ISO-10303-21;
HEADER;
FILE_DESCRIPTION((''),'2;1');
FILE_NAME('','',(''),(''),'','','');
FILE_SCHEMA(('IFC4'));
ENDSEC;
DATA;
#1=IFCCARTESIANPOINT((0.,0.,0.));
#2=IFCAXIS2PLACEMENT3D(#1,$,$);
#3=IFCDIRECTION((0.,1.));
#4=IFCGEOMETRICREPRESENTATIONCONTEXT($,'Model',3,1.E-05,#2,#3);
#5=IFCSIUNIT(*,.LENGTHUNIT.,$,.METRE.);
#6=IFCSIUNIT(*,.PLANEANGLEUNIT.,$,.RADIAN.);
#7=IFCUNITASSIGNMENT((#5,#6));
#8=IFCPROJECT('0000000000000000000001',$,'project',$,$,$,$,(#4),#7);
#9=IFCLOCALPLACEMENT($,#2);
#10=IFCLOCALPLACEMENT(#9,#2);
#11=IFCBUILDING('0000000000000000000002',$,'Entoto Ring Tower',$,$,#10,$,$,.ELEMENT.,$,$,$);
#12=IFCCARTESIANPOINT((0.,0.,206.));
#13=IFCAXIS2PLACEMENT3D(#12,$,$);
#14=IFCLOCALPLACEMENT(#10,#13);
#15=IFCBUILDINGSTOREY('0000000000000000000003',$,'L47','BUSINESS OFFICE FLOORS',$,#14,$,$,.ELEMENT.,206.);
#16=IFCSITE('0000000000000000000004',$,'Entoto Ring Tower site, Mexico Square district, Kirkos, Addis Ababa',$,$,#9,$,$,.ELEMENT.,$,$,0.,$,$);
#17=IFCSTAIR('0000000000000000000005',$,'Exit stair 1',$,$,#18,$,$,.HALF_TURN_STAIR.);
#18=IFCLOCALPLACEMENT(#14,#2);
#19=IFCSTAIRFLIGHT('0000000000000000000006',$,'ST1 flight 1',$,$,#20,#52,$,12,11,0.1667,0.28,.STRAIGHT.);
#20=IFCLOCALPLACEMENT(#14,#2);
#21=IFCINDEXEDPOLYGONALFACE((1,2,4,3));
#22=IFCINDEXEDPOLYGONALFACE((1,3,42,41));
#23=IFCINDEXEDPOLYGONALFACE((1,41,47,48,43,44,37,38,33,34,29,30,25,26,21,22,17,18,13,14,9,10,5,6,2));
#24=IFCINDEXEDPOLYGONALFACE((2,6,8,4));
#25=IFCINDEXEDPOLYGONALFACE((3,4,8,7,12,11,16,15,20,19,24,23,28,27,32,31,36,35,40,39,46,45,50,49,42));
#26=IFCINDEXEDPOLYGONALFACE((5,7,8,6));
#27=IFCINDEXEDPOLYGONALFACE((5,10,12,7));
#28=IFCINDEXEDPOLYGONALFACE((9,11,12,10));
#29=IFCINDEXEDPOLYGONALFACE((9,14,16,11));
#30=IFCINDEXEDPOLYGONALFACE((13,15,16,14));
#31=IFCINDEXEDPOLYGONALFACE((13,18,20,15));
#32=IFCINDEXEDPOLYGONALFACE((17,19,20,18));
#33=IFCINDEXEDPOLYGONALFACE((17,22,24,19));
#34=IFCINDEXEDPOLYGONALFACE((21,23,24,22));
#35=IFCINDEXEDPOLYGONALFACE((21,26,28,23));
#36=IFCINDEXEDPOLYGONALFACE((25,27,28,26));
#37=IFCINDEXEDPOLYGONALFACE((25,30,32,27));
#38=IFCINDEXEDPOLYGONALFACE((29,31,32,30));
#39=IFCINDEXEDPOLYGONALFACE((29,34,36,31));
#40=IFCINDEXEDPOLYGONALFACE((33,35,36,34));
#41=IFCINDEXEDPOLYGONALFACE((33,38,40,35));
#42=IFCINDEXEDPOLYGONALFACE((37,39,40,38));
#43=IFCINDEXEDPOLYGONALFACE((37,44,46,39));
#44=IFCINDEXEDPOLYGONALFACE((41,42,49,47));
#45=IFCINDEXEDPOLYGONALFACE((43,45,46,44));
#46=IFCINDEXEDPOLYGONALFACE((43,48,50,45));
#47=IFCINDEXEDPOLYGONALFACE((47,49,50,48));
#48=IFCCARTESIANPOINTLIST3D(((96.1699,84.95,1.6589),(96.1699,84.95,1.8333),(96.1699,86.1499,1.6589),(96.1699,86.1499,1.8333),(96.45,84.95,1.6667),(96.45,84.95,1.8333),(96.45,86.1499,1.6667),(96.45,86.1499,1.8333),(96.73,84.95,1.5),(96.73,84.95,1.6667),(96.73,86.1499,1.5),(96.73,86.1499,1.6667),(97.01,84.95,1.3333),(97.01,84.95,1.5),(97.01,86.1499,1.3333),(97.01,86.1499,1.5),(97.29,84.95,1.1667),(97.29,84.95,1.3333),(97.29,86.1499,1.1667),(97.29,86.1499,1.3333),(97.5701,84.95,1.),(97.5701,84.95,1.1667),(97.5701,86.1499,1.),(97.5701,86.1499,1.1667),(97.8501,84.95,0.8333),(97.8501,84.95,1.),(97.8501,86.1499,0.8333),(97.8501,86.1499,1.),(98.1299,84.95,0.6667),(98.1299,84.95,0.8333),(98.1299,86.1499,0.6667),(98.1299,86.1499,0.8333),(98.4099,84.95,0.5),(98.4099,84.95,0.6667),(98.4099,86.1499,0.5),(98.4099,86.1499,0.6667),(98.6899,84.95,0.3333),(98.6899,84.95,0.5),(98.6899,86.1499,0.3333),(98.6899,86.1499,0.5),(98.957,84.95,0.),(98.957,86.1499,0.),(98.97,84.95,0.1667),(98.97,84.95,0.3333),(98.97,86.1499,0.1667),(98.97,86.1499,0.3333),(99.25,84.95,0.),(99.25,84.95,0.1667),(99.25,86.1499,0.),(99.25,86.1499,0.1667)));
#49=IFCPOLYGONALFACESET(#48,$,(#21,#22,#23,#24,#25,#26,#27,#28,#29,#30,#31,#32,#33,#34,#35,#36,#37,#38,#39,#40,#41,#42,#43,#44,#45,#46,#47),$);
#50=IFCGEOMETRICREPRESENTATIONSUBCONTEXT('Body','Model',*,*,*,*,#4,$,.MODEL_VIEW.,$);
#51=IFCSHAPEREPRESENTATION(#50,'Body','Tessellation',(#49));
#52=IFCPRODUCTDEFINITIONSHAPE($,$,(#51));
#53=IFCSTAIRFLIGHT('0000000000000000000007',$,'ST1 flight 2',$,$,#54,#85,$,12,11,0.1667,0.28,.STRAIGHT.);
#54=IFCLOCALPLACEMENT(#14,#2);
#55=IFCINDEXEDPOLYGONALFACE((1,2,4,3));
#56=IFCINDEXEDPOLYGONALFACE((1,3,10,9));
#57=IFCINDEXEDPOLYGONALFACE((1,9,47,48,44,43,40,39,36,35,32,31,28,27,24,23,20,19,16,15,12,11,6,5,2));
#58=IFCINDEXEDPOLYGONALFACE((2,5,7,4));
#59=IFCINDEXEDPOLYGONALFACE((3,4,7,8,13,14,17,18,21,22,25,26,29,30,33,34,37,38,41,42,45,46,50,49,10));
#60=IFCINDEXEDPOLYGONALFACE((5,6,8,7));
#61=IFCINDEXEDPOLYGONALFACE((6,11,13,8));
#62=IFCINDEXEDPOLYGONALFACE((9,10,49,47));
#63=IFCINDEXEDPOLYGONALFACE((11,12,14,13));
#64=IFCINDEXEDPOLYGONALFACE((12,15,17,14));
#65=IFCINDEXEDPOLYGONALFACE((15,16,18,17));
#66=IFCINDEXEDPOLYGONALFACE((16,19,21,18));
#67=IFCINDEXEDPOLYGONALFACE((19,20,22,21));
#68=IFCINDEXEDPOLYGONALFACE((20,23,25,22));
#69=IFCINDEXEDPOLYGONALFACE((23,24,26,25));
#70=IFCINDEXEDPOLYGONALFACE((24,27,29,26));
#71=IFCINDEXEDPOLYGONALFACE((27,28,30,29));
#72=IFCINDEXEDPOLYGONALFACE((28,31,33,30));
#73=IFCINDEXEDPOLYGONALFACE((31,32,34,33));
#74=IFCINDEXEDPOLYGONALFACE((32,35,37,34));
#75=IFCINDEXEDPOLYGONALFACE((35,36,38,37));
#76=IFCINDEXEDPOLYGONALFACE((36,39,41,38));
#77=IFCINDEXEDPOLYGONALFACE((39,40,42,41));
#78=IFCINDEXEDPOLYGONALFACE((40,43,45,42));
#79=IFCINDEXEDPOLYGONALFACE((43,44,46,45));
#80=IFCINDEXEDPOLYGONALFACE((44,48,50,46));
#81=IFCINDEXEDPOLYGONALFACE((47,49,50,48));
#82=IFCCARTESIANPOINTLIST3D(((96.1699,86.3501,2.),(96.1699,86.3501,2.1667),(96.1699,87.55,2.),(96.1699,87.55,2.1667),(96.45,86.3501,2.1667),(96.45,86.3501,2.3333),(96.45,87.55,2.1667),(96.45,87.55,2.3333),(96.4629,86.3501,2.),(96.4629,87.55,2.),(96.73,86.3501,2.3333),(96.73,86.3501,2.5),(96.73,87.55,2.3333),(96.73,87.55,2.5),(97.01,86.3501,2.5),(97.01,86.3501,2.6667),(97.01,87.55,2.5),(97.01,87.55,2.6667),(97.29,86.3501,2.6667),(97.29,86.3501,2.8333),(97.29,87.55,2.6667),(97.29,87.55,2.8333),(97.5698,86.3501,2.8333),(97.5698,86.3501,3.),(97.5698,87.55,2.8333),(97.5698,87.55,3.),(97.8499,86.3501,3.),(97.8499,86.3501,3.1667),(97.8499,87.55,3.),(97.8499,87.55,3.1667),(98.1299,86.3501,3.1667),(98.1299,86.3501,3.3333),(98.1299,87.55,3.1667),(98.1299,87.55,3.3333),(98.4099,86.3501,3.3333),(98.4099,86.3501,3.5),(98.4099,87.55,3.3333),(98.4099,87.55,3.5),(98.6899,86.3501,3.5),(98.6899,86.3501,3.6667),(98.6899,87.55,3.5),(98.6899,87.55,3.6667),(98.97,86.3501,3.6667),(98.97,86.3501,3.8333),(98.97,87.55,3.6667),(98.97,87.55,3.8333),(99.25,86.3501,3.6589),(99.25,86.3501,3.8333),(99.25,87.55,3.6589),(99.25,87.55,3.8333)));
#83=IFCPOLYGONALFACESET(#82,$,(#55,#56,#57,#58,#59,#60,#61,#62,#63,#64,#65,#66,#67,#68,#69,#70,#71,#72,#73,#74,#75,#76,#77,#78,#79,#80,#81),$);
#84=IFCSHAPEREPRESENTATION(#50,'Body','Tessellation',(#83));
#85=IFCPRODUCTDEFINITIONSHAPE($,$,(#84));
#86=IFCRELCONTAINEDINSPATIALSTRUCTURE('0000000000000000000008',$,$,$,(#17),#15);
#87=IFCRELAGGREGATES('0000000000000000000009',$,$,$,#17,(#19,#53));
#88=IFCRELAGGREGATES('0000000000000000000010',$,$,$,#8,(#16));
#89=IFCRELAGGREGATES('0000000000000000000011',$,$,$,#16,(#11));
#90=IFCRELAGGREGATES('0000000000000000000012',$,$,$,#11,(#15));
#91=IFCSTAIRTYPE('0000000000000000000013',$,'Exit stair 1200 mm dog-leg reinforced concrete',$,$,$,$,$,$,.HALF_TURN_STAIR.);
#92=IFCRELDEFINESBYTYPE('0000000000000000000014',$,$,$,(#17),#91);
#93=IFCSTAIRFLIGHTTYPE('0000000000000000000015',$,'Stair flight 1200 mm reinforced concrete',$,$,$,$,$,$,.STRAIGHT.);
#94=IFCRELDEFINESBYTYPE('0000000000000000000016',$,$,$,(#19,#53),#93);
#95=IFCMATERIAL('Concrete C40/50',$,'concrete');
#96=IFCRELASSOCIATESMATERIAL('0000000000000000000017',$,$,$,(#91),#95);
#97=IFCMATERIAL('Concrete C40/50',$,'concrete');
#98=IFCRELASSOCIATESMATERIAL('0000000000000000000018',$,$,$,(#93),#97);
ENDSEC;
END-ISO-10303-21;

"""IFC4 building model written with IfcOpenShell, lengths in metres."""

from ifc_helpers import new_model, si_unit, direction, frame, origin, place, context, subcontext, project, spatial, polyline, outline, extrude, material, type_object, element, aggregate, save


model = new_model("IFC4")

# Units and contexts
model_context = context("Model", 3, precision=1e-05, world=origin(), true_north=direction((0.0, 1.0)))
body_context = subcontext(model_context, "Body", "Model", "MODEL_VIEW")
ifc_project = project(units=[si_unit("LENGTHUNIT", "METRE"), si_unit("PLANEANGLEUNIT", "RADIAN")], contexts=[model_context])

# Site, building, storey
site_placement = place(None, origin())
site = spatial("IfcSite", under=ifc_project, at=site_placement, Name="Entoto Ring Tower site, Mexico Square district, Kirkos, Addis Ababa", CompositionType="ELEMENT", RefElevation=0.0)
building_placement = place(site_placement, origin())
building = spatial("IfcBuilding", under=site, at=building_placement, Name="Entoto Ring Tower", CompositionType="ELEMENT")
storey_placement = place(building_placement, frame((0.0, 0.0, 206.0)))
storey = spatial("IfcBuildingStorey", under=building, at=storey_placement, Name="L47", Description="BUSINESS OFFICE FLOORS", CompositionType="ELEMENT", Elevation=206.0)

# Stair, stair flights
ifc_material_1 = material(Name="Concrete C40/50", Category="concrete")
stair_type = type_object("IfcStairType", Name="Exit stair 1200 mm dog-leg reinforced concrete", PredefinedType="HALF_TURN_STAIR", material=ifc_material_1)
stair_placement = place(storey_placement, origin())
stair = element("IfcStair", 1, at=stair_placement, inside=storey, type_object=stair_type, Name="Exit stair 1", PredefinedType="HALF_TURN_STAIR")
ifc_material_2 = material(Name="Concrete C40/50", Category="concrete")
stair_flight_type = type_object("IfcStairFlightType", Name="Stair flight 1200 mm reinforced concrete", PredefinedType="STRAIGHT", material=ifc_material_2)
stair_flight_1_placement = place(storey_placement, frame((99.25, 85.55, 0.0), z_axis=(0.0, 0.0, 1.0), x_axis=(-1.0, 0.0, 0.0)))
stair_flight_1 = element("IfcStairFlight", 2, at=stair_flight_1_placement, type_object=stair_flight_type, Name="ST1 flight 1", NumberOfRisers=12, NumberOfTreads=11, PredefinedType="STRAIGHT", RiserHeight=0.1667, TreadLength=0.28, context=body_context, shape_type="SweptSolid", body=[
    extrude(outline(polyline([(0.0, 0.0), (0.0, 0.1667), (0.28, 0.1667), (0.28, 0.3333), (0.5601, 0.3333), (0.5601, 0.5), (0.8401, 0.5), (0.8401, 0.6667), (1.1201, 0.6667), (1.1201, 0.8333), (1.3999, 0.8333), (1.3999, 1.0), (1.6799, 1.0), (1.6799, 1.1667), (1.96, 1.1667), (1.96, 1.3333), (2.24, 1.3333), (2.24, 1.5), (2.52, 1.5), (2.52, 1.6667), (2.8, 1.6667), (2.8, 1.8333), (3.0801, 1.8333), (3.0801, 2.0), (3.0801, 1.6589), (0.293, 0.0), (0.0, 0.0)])), frame((0.0, 0.6001, 0.0), z_axis=(0.0, -1.0, 0.0), x_axis=(1.0, 0.0, 0.0)), (0.0, 0.0, 1.0), 1.2),
])
stair_flight_2_placement = place(storey_placement, frame((96.1699, 86.95, 2.0), z_axis=(0.0, 0.0, 1.0), x_axis=(1.0, 0.0, 0.0)))
stair_flight_2 = element("IfcStairFlight", 3, at=stair_flight_2_placement, type_object=stair_flight_type, Name="ST1 flight 2", NumberOfRisers=12, NumberOfTreads=11, PredefinedType="STRAIGHT", RiserHeight=0.1667, TreadLength=0.28, context=body_context, shape_type="SweptSolid", body=[
    extrude(outline(polyline([(0.0, 0.0), (0.0, 0.1667), (0.28, 0.1667), (0.28, 0.3333), (0.5601, 0.3333), (0.5601, 0.5), (0.8401, 0.5), (0.8401, 0.6667), (1.1201, 0.6667), (1.1201, 0.8333), (1.3999, 0.8333), (1.3999, 1.0), (1.6799, 1.0), (1.6799, 1.1667), (1.96, 1.1667), (1.96, 1.3333), (2.24, 1.3333), (2.24, 1.5), (2.52, 1.5), (2.52, 1.6667), (2.8, 1.6667), (2.8, 1.8333), (3.0801, 1.8333), (3.0801, 2.0), (3.0801, 1.6589), (0.293, 0.0), (0.0, 0.0)])), frame((0.0, 0.6001, 0.0), z_axis=(0.0, -1.0, 0.0), x_axis=(1.0, 0.0, 0.0)), (0.0, 0.0, 1.0), 1.2),
])
aggregate(stair, [stair_flight_1, stair_flight_2])

save(model, "model.ifc")
